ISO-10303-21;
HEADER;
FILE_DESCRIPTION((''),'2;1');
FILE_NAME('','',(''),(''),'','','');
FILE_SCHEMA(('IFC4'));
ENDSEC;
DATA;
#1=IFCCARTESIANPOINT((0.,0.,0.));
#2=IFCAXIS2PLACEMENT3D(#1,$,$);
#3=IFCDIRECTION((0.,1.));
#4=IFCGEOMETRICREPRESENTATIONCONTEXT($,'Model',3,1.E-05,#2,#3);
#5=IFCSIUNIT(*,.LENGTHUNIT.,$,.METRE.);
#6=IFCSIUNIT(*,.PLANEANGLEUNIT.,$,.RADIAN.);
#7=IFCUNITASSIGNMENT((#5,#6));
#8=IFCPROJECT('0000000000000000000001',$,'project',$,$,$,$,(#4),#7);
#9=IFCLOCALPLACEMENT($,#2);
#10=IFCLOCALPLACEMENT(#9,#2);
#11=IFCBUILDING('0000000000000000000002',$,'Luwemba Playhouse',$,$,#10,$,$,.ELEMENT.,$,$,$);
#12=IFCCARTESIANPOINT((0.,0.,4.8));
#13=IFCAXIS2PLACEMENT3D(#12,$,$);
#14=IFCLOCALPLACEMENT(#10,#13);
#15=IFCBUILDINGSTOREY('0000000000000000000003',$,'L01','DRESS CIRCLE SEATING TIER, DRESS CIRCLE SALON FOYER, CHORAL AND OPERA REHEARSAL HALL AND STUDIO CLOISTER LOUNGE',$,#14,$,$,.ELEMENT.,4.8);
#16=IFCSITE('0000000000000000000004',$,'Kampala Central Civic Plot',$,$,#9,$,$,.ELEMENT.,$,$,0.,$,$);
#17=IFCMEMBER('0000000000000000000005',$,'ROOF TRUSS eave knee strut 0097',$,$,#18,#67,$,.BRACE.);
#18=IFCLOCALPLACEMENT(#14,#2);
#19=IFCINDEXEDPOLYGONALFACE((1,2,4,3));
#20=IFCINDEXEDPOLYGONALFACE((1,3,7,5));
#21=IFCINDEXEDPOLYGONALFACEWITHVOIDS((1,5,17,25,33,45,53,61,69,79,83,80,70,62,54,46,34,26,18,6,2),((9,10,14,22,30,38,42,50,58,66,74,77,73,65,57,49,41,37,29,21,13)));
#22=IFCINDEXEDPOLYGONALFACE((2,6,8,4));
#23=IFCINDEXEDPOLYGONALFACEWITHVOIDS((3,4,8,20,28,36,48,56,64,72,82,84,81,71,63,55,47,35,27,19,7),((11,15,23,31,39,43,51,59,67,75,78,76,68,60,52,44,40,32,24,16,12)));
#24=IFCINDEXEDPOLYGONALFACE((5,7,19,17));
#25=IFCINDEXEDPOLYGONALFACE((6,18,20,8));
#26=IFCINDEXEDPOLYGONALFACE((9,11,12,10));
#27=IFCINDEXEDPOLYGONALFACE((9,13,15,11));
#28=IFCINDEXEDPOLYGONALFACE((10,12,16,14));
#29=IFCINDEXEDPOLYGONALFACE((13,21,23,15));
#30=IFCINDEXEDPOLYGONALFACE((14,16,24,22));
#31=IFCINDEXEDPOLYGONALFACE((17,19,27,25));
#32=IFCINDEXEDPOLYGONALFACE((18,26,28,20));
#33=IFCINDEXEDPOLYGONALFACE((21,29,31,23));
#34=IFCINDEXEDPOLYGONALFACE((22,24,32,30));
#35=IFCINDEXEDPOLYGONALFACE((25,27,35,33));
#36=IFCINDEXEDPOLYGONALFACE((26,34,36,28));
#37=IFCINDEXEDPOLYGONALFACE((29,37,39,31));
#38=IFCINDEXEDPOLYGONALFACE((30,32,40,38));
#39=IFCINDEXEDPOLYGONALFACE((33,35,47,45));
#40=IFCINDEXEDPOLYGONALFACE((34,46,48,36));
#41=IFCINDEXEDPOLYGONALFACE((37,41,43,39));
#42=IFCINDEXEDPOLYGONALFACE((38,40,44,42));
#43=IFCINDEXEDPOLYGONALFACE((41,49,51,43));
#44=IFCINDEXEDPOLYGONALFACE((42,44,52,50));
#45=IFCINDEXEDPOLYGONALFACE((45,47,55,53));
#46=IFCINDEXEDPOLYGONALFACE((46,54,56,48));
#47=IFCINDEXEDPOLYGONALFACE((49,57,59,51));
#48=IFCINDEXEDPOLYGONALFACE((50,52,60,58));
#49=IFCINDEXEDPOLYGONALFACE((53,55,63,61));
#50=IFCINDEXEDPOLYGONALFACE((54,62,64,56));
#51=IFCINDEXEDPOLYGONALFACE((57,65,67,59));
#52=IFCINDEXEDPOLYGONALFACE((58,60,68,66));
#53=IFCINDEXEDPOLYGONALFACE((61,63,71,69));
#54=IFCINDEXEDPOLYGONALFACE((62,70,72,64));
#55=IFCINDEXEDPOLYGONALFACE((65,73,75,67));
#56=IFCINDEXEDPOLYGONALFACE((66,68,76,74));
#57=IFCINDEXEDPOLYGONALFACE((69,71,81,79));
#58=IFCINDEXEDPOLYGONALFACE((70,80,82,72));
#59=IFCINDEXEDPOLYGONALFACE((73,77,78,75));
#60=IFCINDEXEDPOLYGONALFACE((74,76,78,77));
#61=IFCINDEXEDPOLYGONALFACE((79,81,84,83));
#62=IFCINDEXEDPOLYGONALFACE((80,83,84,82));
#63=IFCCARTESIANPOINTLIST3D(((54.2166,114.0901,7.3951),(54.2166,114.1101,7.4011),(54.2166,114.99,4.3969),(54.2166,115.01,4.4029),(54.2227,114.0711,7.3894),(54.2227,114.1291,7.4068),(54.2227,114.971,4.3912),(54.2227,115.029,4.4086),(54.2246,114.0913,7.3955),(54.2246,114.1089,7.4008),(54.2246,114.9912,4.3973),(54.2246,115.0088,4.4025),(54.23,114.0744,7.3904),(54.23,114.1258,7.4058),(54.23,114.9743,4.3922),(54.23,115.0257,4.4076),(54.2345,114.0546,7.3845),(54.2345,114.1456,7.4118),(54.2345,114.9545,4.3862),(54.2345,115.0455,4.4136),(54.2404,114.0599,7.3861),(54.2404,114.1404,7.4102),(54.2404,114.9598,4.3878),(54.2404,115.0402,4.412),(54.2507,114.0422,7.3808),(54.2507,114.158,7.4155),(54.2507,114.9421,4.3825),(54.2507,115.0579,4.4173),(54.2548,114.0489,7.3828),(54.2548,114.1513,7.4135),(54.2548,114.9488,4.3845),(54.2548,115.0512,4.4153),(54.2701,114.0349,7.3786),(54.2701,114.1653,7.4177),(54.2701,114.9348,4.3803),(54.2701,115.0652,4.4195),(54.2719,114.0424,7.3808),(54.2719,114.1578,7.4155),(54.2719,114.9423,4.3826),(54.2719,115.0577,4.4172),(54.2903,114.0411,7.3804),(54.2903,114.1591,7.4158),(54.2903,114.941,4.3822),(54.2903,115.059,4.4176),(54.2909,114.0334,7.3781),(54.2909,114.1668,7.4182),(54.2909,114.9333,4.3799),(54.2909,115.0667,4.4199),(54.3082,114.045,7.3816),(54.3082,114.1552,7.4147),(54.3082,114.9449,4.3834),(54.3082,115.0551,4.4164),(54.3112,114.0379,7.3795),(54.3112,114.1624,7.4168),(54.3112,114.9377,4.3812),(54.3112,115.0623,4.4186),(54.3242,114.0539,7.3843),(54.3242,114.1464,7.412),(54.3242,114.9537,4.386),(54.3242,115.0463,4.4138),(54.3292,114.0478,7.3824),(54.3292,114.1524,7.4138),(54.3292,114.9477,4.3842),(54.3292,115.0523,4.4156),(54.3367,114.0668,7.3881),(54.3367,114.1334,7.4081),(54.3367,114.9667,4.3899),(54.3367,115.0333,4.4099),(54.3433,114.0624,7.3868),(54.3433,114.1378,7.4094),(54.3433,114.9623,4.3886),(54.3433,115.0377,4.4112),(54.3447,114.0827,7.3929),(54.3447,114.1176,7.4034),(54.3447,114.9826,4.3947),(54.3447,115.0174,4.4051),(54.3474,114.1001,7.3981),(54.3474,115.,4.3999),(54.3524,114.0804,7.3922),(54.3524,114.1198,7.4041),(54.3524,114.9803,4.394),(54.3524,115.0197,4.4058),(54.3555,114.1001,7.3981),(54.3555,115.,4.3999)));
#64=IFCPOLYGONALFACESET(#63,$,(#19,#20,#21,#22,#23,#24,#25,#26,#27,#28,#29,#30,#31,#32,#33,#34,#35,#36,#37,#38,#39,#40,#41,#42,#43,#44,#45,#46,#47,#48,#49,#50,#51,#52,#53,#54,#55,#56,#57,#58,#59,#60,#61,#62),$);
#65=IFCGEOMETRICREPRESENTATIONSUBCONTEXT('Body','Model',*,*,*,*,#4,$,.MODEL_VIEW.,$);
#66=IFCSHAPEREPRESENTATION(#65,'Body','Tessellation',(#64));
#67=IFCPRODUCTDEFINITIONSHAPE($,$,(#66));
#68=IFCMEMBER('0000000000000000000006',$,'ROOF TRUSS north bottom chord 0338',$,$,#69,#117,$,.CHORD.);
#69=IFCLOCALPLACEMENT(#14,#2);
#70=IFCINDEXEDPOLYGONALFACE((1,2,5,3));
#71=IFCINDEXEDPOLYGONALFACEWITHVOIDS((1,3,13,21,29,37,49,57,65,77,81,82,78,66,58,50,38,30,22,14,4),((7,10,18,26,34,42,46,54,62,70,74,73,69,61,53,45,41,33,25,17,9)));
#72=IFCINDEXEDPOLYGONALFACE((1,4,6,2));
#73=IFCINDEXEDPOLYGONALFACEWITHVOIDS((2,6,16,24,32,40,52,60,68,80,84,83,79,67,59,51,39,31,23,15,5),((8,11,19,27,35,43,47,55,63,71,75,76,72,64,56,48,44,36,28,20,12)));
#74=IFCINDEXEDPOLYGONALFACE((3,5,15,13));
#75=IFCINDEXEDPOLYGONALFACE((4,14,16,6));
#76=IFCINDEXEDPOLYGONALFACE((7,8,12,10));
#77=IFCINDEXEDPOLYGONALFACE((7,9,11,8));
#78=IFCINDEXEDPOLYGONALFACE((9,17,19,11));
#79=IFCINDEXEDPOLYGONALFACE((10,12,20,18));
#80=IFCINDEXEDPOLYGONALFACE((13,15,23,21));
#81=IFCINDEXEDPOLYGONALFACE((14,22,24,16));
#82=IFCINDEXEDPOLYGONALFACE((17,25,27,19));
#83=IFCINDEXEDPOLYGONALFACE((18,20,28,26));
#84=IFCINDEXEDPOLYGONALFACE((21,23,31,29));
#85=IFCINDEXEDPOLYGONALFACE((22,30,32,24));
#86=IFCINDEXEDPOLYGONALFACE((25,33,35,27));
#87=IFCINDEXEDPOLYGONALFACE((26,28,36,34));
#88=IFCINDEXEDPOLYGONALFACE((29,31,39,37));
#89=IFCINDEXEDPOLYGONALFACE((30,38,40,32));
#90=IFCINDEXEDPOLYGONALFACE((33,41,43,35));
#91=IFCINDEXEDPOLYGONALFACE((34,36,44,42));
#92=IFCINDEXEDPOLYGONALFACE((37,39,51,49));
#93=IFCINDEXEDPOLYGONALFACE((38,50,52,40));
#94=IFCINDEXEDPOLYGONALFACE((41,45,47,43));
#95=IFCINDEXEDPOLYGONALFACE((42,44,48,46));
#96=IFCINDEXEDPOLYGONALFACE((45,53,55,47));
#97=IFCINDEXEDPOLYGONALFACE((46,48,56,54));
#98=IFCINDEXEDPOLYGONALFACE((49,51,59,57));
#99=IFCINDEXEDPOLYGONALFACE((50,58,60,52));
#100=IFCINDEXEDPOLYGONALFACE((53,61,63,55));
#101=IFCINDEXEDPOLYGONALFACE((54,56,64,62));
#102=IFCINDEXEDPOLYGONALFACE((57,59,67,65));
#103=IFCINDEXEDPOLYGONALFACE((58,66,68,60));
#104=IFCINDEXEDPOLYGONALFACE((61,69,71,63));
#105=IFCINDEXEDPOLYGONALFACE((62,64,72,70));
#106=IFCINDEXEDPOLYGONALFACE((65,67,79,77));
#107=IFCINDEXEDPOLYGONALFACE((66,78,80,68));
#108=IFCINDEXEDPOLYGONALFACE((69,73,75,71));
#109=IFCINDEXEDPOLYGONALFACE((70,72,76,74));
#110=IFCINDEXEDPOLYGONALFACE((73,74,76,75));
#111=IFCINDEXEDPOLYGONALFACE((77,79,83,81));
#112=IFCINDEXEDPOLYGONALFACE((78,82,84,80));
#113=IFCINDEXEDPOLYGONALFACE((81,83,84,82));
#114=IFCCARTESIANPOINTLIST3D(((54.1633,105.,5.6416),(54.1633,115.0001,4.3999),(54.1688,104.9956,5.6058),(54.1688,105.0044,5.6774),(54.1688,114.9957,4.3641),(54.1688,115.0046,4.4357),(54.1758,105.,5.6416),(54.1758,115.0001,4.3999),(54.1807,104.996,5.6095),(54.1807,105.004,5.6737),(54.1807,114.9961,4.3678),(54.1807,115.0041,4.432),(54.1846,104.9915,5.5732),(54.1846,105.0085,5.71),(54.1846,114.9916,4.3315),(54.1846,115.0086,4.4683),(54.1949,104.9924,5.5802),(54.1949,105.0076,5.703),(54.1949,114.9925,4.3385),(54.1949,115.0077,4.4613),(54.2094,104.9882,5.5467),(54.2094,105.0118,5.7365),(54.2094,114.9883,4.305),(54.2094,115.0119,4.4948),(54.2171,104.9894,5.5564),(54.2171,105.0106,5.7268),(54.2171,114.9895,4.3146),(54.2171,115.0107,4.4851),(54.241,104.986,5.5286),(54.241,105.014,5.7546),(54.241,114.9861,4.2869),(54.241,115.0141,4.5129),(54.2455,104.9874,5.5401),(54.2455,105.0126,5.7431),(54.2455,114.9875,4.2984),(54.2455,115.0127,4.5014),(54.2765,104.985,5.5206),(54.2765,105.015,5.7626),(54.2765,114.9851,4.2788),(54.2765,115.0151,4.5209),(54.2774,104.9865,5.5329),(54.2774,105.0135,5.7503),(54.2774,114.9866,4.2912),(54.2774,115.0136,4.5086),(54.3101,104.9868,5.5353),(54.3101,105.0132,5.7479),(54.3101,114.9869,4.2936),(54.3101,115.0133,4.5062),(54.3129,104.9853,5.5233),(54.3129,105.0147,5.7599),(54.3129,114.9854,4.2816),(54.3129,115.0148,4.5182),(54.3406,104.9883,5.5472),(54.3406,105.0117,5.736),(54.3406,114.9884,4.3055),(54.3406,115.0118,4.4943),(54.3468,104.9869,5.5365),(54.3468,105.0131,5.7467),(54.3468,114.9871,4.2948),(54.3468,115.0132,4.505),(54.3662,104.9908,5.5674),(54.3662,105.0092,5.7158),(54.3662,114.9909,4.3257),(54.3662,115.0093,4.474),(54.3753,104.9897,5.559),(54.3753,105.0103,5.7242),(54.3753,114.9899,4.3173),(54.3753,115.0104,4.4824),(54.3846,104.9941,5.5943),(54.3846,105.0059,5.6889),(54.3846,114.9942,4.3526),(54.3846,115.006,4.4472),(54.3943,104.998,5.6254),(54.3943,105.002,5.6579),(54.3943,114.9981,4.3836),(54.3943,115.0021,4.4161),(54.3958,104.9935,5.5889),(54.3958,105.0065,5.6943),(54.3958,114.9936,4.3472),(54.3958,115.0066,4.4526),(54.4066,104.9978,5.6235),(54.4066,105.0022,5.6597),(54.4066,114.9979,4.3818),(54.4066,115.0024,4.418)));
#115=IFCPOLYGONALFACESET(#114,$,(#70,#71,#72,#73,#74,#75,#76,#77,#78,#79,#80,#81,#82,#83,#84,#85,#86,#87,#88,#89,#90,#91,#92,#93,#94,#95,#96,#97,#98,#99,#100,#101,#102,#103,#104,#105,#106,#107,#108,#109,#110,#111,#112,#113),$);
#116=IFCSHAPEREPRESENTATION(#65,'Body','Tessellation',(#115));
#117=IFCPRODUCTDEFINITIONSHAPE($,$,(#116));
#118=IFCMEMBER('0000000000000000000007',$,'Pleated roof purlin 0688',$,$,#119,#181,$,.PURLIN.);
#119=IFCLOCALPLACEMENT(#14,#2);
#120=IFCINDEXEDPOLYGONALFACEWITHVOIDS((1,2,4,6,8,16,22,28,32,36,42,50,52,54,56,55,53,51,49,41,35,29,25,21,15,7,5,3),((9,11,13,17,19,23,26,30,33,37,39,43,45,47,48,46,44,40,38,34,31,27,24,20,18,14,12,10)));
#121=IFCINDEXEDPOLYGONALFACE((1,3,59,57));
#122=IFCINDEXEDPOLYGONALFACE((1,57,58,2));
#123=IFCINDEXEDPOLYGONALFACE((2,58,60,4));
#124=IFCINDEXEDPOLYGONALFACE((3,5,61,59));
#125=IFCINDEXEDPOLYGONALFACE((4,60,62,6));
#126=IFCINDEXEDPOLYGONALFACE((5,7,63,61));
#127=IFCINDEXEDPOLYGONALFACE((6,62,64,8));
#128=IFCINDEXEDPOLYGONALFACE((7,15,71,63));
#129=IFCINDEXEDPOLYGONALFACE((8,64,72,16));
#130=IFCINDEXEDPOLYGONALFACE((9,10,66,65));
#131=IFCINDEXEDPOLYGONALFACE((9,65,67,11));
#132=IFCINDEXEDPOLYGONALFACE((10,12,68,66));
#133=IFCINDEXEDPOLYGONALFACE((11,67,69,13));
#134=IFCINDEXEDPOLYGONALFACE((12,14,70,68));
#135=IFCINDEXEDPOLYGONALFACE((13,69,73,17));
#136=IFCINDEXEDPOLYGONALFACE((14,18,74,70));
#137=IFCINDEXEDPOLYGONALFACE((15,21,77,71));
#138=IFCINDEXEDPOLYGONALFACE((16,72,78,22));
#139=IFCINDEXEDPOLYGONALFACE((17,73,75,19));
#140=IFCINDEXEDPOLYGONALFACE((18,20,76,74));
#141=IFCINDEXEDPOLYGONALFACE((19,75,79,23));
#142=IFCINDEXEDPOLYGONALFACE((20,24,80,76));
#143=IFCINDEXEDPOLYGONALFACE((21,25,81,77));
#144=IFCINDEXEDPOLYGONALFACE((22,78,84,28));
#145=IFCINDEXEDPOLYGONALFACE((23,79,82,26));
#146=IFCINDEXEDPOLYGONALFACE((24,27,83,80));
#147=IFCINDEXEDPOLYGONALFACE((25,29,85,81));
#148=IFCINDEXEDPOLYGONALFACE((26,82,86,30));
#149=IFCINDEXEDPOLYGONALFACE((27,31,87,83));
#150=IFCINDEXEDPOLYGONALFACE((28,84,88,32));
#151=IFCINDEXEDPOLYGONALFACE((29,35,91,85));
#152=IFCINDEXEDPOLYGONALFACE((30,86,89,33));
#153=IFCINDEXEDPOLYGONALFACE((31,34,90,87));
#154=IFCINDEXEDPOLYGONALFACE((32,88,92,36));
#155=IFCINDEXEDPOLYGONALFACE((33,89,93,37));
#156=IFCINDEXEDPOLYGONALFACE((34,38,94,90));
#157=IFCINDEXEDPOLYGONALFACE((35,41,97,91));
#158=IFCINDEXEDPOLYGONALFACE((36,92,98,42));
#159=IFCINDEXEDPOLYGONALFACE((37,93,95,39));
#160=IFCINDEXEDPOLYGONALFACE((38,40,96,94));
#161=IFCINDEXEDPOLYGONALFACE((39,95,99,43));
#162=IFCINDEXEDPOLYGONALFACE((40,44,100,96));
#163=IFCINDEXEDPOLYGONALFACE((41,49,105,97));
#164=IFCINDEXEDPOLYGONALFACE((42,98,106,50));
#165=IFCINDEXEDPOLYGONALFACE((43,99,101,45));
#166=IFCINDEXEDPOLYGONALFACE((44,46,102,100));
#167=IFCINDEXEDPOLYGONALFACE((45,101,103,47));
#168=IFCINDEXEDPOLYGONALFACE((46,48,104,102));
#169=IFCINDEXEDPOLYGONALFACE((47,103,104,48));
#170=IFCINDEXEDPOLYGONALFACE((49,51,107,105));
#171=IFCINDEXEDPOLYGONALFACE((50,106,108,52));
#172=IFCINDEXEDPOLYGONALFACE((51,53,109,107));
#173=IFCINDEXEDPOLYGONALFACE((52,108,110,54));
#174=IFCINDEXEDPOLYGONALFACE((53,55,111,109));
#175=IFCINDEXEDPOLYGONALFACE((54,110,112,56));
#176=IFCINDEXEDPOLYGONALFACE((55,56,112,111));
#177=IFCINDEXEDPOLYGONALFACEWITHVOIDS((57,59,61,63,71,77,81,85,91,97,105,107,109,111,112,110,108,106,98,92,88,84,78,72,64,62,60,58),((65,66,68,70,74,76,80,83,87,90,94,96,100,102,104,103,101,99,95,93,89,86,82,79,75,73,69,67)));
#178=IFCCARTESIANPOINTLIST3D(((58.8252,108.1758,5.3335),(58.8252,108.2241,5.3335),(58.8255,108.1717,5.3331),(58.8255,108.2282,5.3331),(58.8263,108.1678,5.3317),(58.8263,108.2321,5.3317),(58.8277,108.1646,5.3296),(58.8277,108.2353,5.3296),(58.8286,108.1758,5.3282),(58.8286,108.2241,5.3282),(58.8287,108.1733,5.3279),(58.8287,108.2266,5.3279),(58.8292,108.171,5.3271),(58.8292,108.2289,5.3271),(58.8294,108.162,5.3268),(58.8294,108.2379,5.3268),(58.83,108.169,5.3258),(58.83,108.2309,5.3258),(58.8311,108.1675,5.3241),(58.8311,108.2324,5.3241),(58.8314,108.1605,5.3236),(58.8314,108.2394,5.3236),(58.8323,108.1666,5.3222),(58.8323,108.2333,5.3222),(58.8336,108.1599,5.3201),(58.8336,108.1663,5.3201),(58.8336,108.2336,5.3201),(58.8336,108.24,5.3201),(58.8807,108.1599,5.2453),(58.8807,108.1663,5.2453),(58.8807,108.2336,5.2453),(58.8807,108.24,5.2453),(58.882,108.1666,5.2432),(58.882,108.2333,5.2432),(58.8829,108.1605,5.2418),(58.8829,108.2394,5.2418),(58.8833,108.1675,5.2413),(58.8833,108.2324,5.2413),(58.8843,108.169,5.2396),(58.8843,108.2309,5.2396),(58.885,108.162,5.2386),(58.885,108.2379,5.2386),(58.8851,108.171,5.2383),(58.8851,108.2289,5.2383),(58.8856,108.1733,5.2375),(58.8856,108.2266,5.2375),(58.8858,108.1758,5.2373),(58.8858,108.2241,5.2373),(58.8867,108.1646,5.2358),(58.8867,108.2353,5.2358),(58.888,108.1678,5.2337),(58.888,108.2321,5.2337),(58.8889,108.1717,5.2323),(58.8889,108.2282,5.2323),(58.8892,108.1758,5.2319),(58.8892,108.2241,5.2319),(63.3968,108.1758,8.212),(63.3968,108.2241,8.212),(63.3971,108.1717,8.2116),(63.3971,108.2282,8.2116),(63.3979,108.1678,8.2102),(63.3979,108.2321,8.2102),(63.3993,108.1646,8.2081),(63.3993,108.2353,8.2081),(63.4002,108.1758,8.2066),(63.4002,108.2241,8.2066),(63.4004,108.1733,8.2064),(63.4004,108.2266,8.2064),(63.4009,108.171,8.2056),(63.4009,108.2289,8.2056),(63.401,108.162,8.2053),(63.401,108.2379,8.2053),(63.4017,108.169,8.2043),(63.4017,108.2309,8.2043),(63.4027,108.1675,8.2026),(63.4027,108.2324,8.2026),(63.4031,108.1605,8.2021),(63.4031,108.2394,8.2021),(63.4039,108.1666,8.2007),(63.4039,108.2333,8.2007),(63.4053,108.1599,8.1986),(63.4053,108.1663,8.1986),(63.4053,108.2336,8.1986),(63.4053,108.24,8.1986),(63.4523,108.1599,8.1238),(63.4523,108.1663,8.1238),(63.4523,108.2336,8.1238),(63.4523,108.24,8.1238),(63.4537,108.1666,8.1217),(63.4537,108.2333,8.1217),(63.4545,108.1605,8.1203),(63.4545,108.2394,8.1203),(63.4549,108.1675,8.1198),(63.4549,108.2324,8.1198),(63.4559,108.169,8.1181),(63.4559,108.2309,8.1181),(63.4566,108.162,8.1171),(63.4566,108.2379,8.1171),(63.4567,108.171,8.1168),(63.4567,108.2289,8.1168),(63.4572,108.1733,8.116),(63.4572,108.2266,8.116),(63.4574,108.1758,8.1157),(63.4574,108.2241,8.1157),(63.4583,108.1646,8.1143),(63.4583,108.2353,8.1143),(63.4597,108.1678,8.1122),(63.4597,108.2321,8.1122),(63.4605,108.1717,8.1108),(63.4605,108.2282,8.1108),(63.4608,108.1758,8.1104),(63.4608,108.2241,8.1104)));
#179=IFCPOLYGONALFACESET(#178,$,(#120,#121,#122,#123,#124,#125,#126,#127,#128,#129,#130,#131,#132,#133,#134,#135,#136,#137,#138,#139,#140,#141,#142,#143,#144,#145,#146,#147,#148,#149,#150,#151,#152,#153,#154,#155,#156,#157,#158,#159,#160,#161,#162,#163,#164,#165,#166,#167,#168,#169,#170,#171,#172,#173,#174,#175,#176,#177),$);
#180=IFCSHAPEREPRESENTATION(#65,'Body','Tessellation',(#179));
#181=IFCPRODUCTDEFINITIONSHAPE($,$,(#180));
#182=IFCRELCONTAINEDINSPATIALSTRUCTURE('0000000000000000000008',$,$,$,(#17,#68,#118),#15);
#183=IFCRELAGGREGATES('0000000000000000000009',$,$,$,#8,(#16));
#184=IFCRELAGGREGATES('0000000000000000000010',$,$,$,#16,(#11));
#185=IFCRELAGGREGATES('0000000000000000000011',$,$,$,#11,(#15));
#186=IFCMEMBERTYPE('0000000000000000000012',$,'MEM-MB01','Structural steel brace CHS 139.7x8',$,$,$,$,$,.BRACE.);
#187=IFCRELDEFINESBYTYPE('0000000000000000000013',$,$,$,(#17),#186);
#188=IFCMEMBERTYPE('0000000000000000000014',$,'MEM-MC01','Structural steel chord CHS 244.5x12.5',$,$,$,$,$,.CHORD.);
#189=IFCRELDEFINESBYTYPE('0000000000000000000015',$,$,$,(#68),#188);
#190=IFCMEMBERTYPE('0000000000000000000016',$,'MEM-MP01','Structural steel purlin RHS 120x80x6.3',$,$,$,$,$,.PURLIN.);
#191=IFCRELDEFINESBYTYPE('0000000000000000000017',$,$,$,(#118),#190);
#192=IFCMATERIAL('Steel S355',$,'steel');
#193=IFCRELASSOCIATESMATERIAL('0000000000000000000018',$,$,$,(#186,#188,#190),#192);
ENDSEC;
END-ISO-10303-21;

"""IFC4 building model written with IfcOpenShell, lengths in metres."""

from ifc_helpers import new_model, si_unit, direction, frame, origin, origin_2d, place, context, subcontext, project, spatial, hollow_rectangle, hollow_circle, extrude, material, material_profile, profile_set, type_object, element, save


model = new_model("IFC4")

# Units and contexts
model_context = context("Model", 3, precision=1e-05, world=origin(), true_north=direction((0.0, 1.0)))
body_context = subcontext(model_context, "Body", "Model", "MODEL_VIEW")
ifc_project = project(units=[si_unit("LENGTHUNIT", "METRE"), si_unit("PLANEANGLEUNIT", "RADIAN")], contexts=[model_context])

# Site, building, storey
site_placement = place(None, origin())
site = spatial("IfcSite", under=ifc_project, at=site_placement, Name="Kampala Central Civic Plot", CompositionType="ELEMENT", RefElevation=0.0)
building_placement = place(site_placement, origin())
building = spatial("IfcBuilding", under=site, at=building_placement, Name="Luwemba Playhouse", CompositionType="ELEMENT")
storey_placement = place(building_placement, frame((0.0, 0.0, 4.8)))
storey = spatial("IfcBuildingStorey", under=building, at=storey_placement, Name="L01", Description="DRESS CIRCLE SEATING TIER, DRESS CIRCLE SALON FOYER, CHORAL AND OPERA REHEARSAL HALL AND STUDIO CLOISTER LOUNGE", CompositionType="ELEMENT", Elevation=4.8)

# Shared definitions
ifc_material_1 = material(Name="Steel S355", Category="steel")

# Members
ifc_material_profile_1 = material_profile(ifc_material_1, hollow_circle(Radius=0.0698, WallThickness=0.0081, at=origin_2d()))
ifc_profile_set_1 = profile_set([ifc_material_profile_1], Name="Steel S355")
member_type_1 = type_object("IfcMemberType", Name="MEM-MB01", Description="Structural steel brace CHS 139.7x8", PredefinedType="BRACE", material=ifc_profile_set_1)
member_1_placement = place(storey_placement, frame((54.2856, 115.0, 4.3999), z_axis=(0.0, -0.28747, 0.95779), x_axis=(1.0, 0.0, 0.0)))
element("IfcMember", 1, at=member_1_placement, inside=storey, type_object=member_type_1, Name="ROOF TRUSS eave knee strut 0097", PredefinedType="BRACE", context=body_context, shape_type="SweptSolid", body=[
    extrude(hollow_circle(Radius=0.0698, WallThickness=0.0081, at=origin_2d()), origin(), (0.0, 0.0, 1.0), 3.1304),
])
ifc_material_profile_2 = material_profile(ifc_material_1, hollow_circle(Radius=0.1223, WallThickness=0.0125, at=origin_2d()))
ifc_profile_set_2 = profile_set([ifc_material_profile_2], Name="Steel S355")
member_type_2 = type_object("IfcMemberType", Name="MEM-MC01", Description="Structural steel chord CHS 244.5x12.5", PredefinedType="CHORD", material=ifc_profile_set_2)
member_2_placement = place(storey_placement, frame((54.2856, 105.0, 5.6416), z_axis=(0.0, 0.992379, -0.123224), x_axis=(-1.0, 0.0, 0.0)))
element("IfcMember", 2, at=member_2_placement, inside=storey, type_object=member_type_2, Name="ROOF TRUSS north bottom chord 0338", PredefinedType="CHORD", context=body_context, shape_type="SweptSolid", body=[
    extrude(hollow_circle(Radius=0.1223, WallThickness=0.0125, at=origin_2d()), origin(), (0.0, 0.0, 1.0), 10.0769),
])
ifc_material_profile_3 = material_profile(ifc_material_1, hollow_rectangle(XDim=0.0801, YDim=0.1201, WallThickness=0.0063, InnerFilletRadius=0.0095, OuterFilletRadius=0.0159, at=origin_2d()))
ifc_profile_set_3 = profile_set([ifc_material_profile_3], Name="Steel S355")
member_type_3 = type_object("IfcMemberType", Name="MEM-MP01", Description="Structural steel purlin RHS 120x80x6.3", PredefinedType="PURLIN", material=ifc_profile_set_3)
member_3_placement = place(storey_placement, frame((58.8572, 108.2, 5.2827), z_axis=(0.846229, 0.0, 0.532819), x_axis=(0.0, 1.0, 0.0)))
element("IfcMember", 3, at=member_3_placement, inside=storey, type_object=member_type_3, Name="Pleated roof purlin 0688", PredefinedType="PURLIN", context=body_context, shape_type="SweptSolid", body=[
    extrude(hollow_rectangle(XDim=0.0801, YDim=0.1201, WallThickness=0.0063, InnerFilletRadius=0.0095, OuterFilletRadius=0.0159, at=origin_2d()), origin(), (0.0, 0.0, 1.0), 5.4023),
])

save(model, "model.ifc")
